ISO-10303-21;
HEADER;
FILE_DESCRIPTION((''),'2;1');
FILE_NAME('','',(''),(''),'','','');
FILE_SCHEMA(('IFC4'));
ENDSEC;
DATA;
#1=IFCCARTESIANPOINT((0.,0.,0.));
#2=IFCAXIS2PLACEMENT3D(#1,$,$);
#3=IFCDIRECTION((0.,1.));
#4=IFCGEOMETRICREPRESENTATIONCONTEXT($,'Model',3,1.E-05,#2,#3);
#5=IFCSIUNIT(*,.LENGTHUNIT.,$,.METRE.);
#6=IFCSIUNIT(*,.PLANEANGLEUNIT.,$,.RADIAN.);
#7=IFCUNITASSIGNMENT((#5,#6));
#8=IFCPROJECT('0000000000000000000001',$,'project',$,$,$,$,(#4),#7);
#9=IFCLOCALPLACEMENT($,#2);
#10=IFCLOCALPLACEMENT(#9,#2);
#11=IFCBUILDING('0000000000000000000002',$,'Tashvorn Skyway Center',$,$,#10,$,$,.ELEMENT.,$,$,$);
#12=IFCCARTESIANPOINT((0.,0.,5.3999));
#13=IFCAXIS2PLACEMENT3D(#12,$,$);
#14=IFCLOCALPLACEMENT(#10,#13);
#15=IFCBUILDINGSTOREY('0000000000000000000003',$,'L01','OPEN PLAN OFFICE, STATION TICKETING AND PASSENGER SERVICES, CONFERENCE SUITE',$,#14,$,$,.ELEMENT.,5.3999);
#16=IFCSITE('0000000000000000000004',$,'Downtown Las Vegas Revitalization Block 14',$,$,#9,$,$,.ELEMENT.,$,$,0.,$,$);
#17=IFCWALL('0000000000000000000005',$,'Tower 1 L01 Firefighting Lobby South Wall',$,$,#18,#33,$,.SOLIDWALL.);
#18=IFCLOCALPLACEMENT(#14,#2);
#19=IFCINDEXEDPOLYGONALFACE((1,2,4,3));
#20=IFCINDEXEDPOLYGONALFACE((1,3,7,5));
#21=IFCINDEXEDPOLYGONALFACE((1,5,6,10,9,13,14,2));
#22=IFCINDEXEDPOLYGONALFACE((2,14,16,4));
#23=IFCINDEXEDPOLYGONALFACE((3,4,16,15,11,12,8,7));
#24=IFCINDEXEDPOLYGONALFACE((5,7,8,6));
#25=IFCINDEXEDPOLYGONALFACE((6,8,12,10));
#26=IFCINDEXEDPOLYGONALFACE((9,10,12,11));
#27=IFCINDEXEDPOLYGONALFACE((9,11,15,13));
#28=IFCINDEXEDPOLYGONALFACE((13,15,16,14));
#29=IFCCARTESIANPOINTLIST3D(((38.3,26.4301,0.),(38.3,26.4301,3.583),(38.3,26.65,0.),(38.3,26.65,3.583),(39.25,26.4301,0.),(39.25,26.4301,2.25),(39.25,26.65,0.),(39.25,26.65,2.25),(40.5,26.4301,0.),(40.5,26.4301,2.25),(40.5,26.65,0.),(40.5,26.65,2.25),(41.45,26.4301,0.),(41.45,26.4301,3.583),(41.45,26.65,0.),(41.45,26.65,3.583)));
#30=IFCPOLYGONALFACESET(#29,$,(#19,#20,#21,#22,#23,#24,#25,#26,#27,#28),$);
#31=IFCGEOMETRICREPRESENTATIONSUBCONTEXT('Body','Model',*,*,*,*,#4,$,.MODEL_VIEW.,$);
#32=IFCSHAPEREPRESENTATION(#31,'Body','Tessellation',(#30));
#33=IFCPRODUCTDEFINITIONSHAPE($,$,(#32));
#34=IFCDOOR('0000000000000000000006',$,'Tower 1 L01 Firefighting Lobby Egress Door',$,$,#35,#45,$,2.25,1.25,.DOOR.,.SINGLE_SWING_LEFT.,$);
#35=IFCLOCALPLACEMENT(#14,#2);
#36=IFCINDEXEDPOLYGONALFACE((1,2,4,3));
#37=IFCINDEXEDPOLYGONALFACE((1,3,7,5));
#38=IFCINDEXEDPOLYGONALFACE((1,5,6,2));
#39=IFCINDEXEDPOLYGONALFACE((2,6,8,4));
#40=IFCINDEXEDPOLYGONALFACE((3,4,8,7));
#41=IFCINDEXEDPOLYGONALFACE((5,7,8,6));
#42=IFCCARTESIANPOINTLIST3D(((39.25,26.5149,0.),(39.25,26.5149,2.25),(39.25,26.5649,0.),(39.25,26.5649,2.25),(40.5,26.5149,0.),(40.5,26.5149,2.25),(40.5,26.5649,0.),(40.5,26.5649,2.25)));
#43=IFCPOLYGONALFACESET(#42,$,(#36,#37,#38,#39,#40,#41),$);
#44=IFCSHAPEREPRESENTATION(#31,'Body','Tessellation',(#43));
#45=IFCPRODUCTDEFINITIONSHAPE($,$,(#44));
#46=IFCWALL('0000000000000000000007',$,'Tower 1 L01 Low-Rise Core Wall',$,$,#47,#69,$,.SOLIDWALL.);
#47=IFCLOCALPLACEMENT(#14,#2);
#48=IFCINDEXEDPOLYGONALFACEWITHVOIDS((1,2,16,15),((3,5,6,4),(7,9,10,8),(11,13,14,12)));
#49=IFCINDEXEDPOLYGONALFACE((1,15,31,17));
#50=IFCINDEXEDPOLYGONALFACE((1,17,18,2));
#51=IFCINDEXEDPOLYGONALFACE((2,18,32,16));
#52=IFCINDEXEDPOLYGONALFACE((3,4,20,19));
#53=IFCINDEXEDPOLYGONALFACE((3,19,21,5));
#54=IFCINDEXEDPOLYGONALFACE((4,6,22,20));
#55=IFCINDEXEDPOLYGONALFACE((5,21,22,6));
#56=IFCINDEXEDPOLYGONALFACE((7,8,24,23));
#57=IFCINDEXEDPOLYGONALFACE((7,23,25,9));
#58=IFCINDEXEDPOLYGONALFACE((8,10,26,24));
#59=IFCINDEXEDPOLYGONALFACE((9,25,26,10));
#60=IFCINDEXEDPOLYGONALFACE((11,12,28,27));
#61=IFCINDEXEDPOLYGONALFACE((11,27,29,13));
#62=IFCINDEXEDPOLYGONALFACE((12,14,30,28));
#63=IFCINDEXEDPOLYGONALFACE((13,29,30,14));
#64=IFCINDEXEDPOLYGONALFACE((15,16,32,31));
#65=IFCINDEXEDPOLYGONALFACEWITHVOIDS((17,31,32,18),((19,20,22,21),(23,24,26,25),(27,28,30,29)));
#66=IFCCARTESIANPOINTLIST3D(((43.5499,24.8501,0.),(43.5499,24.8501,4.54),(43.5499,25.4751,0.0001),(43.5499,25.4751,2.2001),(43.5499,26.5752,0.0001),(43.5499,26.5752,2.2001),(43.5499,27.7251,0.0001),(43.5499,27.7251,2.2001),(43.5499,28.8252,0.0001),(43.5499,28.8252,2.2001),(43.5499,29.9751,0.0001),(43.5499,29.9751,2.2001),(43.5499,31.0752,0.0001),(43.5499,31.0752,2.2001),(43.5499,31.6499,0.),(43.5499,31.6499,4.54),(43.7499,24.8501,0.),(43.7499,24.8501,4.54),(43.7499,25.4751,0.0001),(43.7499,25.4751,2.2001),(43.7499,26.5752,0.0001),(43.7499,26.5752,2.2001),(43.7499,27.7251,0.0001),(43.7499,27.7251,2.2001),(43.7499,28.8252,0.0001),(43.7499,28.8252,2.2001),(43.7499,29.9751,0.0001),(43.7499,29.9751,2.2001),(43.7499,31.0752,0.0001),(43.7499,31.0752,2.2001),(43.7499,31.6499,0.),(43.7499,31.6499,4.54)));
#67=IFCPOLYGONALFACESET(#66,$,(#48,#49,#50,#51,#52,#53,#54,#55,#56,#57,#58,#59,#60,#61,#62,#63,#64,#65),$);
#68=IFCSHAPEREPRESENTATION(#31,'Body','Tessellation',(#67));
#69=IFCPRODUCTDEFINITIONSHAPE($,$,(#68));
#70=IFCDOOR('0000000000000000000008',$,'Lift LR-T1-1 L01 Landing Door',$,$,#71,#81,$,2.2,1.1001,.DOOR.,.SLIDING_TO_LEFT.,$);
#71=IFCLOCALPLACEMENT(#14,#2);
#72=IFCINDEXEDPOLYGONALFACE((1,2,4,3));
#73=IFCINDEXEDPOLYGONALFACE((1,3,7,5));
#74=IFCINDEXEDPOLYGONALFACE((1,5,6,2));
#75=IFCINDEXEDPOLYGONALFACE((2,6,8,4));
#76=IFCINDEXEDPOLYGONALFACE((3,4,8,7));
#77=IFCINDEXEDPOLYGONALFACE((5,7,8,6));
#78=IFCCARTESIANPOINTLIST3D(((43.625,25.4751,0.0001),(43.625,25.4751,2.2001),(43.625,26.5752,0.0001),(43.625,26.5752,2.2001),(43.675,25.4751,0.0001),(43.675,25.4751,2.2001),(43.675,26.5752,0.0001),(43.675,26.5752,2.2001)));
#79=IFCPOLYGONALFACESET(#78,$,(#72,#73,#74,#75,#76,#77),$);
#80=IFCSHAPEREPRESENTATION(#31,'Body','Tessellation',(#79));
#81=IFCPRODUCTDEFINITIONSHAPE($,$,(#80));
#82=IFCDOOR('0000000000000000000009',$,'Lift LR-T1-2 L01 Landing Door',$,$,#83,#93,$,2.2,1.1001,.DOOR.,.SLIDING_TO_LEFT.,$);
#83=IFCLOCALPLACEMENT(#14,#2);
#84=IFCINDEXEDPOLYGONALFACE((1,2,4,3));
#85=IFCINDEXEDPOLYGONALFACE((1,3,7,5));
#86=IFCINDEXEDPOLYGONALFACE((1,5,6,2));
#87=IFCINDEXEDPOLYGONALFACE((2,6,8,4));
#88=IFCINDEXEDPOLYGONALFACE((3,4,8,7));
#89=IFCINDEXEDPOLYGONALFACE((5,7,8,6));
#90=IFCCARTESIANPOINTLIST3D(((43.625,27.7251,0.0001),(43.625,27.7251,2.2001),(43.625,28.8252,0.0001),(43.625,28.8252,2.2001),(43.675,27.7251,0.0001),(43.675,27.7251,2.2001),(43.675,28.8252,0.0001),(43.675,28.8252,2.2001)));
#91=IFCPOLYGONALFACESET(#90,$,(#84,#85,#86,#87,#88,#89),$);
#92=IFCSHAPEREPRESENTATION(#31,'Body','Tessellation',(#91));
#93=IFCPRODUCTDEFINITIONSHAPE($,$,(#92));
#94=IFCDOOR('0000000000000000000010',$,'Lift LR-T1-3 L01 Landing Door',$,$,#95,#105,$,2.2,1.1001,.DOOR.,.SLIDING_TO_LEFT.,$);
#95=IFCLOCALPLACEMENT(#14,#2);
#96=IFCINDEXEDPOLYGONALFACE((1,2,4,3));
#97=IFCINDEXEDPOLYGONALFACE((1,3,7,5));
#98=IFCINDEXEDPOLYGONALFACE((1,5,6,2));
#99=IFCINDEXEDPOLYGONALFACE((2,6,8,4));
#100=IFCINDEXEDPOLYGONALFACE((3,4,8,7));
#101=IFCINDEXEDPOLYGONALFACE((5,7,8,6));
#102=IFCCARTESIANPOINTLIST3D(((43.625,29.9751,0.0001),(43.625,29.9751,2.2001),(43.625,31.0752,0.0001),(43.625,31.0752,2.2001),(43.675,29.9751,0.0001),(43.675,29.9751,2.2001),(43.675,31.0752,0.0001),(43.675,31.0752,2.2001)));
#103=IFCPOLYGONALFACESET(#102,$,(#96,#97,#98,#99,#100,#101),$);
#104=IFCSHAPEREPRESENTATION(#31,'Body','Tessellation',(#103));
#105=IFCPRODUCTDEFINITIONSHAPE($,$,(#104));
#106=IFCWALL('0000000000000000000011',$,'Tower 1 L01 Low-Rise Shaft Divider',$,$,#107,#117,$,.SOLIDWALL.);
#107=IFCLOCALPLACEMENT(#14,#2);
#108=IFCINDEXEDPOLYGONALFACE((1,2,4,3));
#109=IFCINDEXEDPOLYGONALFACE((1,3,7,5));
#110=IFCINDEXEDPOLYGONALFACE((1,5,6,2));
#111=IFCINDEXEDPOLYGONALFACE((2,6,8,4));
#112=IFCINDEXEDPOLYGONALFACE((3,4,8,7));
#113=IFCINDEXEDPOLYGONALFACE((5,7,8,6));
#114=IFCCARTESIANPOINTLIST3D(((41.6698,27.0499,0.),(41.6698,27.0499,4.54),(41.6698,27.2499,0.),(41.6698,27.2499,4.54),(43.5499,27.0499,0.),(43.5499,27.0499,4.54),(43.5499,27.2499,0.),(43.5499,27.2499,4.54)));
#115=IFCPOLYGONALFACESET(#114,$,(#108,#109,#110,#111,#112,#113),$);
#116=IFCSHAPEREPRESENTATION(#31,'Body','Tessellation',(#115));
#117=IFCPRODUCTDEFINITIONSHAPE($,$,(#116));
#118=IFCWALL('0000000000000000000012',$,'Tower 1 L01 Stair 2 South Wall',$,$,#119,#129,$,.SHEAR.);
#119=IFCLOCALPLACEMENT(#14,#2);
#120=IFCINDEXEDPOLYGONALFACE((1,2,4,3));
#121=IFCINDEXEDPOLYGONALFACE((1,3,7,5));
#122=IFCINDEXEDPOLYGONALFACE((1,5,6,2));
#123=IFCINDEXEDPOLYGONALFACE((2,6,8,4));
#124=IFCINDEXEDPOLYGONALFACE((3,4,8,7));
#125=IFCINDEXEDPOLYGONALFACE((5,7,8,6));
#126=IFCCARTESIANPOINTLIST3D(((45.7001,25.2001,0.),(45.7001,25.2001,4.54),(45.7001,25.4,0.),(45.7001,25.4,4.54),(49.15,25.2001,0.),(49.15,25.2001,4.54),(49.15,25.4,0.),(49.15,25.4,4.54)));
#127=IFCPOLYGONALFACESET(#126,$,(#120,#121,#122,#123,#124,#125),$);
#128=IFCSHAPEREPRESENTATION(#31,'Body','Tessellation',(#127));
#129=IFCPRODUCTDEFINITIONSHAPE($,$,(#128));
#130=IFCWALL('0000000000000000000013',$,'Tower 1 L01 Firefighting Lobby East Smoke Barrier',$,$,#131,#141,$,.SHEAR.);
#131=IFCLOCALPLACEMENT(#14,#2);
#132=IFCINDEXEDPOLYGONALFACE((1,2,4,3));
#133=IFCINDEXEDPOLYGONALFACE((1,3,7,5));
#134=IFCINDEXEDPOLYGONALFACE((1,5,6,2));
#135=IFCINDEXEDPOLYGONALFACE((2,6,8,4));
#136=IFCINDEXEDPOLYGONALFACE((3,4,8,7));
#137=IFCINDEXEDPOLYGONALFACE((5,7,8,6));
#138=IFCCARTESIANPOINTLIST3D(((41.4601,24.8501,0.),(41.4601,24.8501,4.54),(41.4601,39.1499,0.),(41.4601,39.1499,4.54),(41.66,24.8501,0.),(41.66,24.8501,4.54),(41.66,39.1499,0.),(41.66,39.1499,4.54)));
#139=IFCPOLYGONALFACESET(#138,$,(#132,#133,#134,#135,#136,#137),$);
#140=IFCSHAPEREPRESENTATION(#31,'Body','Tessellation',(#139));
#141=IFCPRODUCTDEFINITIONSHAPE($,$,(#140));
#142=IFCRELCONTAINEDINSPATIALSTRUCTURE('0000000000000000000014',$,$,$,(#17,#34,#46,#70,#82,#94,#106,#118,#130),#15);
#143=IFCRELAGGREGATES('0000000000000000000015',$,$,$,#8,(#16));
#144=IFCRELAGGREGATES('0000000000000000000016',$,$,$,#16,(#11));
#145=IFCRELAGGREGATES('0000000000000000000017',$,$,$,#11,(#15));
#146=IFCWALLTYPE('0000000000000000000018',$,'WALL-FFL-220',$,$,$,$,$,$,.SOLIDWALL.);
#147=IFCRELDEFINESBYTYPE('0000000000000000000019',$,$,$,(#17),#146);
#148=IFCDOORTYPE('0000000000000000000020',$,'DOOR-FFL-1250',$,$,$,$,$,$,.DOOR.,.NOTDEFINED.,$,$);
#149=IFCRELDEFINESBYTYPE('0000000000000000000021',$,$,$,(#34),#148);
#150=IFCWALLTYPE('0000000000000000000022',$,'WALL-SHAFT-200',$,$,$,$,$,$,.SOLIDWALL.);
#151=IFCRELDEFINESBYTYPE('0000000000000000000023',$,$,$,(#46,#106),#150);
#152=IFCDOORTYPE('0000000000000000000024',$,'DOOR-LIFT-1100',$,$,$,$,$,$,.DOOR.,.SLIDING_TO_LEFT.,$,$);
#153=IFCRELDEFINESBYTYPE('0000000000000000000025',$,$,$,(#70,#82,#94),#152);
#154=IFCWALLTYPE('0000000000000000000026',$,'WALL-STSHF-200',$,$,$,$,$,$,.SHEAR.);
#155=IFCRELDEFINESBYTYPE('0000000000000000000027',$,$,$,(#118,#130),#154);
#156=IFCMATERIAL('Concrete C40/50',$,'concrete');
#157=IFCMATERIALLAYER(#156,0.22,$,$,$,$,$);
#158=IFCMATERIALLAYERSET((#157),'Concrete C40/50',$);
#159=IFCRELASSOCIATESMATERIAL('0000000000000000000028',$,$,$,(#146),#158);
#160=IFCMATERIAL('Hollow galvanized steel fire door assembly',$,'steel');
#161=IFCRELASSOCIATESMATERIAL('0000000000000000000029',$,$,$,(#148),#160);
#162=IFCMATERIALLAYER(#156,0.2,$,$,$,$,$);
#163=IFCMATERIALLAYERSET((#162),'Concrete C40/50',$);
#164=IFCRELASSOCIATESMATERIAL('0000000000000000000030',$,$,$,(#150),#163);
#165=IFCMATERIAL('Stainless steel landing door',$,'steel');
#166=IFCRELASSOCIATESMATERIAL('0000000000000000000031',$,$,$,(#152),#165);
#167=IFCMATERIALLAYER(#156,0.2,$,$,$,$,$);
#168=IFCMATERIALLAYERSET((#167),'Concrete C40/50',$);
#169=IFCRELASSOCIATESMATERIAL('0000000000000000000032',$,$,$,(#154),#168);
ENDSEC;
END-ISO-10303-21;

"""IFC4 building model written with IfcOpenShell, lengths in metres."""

from ifc_helpers import new_model, si_unit, direction, frame, frame_2d, origin, place, context, subcontext, project, spatial, rectangle, extrude, material, layer, layer_set, type_object, element, fill, save


model = new_model("IFC4")

# Units and contexts
model_context = context("Model", 3, precision=1e-05, world=origin(), true_north=direction((0.0, 1.0)))
body_context = subcontext(model_context, "Body", "Model", "MODEL_VIEW")
ifc_project = project(units=[si_unit("LENGTHUNIT", "METRE"), si_unit("PLANEANGLEUNIT", "RADIAN")], contexts=[model_context])

# Site, building, storey
site_placement = place(None, origin())
site = spatial("IfcSite", under=ifc_project, at=site_placement, Name="Downtown Las Vegas Revitalization Block 14", CompositionType="ELEMENT", RefElevation=0.0)
building_placement = place(site_placement, origin())
building = spatial("IfcBuilding", under=site, at=building_placement, Name="Tashvorn Skyway Center", CompositionType="ELEMENT")
storey_placement = place(building_placement, frame((0.0, 0.0, 5.3999)))
storey = spatial("IfcBuildingStorey", under=building, at=storey_placement, Name="L01", Description="OPEN PLAN OFFICE, STATION TICKETING AND PASSENGER SERVICES, CONFERENCE SUITE", CompositionType="ELEMENT", Elevation=5.3999)

# Wall, opening, door
ifc_material_1 = material(Name="Concrete C40/50", Category="concrete")
ifc_layer_1 = layer(ifc_material_1, 0.22)
ifc_layer_set_1 = layer_set([ifc_layer_1], Name="Concrete C40/50")
wall_type_1 = type_object("IfcWallType", Name="WALL-FFL-220", PredefinedType="SOLIDWALL", material=ifc_layer_set_1)
wall_1_placement = place(storey_placement, frame((38.3, 26.54, 0.0), z_axis=(0.0, 0.0, 1.0), x_axis=(1.0, 0.0, 0.0)))
wall_1 = element("IfcWall", 1, at=wall_1_placement, inside=storey, type_object=wall_type_1, Name="Tower 1 L01 Firefighting Lobby South Wall", PredefinedType="SOLIDWALL", context=body_context, shape_type="SweptSolid", body=[
    extrude(rectangle(XDim=3.1499, YDim=0.22, at=frame_2d((1.575, 0.0))), origin(), (0.0, 0.0, 1.0), 3.583),
])
opening_1_placement = place(wall_1_placement, frame((0.95, 0.0, 0.0)))
opening_1 = element("IfcOpeningElement", 2, at=opening_1_placement, cuts=wall_1, PredefinedType="OPENING", context=body_context, shape_type="SweptSolid", body=[
    extrude(rectangle(XDim=1.25, YDim=2.25, at=frame_2d((0.625, 1.125))), frame((0.0, 0.1199, 0.0), z_axis=(0.0, -1.0, 0.0), x_axis=(1.0, 0.0, 0.0)), (0.0, 0.0, 1.0), 0.24),
])
ifc_material_2 = material(Name="Hollow galvanized steel fire door assembly", Category="steel")
door_type_1 = type_object("IfcDoorType", Name="DOOR-FFL-1250", OperationType="NOTDEFINED", PredefinedType="DOOR", material=ifc_material_2)
door_1_placement = place(opening_1_placement, origin())
door_1 = element("IfcDoor", 3, at=door_1_placement, inside=storey, type_object=door_type_1, Name="Tower 1 L01 Firefighting Lobby Egress Door", OperationType="SINGLE_SWING_LEFT", OverallHeight=2.25, OverallWidth=1.25, PredefinedType="DOOR", context=body_context, shape_type="SweptSolid", body=[
    extrude(rectangle(XDim=1.25, YDim=2.25, at=frame_2d((0.625, 1.125))), frame((0.0, 0.0249, 0.0), z_axis=(0.0, -1.0, 0.0), x_axis=(1.0, 0.0, 0.0)), (0.0, 0.0, 1.0), 0.05),
])
fill(opening_1, door_1)

# Wall, openings, doors
ifc_layer_2 = layer(ifc_material_1, 0.2)
ifc_layer_set_2 = layer_set([ifc_layer_2], Name="Concrete C40/50")
wall_type_2 = type_object("IfcWallType", Name="WALL-SHAFT-200", PredefinedType="SOLIDWALL", material=ifc_layer_set_2)
wall_2_placement = place(storey_placement, frame((43.6499, 24.8501, 0.0), z_axis=(0.0, 0.0, 1.0), x_axis=(0.0, 1.0, 0.0)))
wall_2 = element("IfcWall", 4, at=wall_2_placement, inside=storey, type_object=wall_type_2, Name="Tower 1 L01 Low-Rise Core Wall", PredefinedType="SOLIDWALL", context=body_context, shape_type="SweptSolid", body=[
    extrude(rectangle(XDim=6.7998, YDim=0.2, at=frame_2d((3.3999, 0.0))), origin(), (0.0, 0.0, 1.0), 4.54),
])
opening_2_placement = place(wall_2_placement, frame((0.625, 0.0, 0.0)))
opening_2 = element("IfcOpeningElement", 5, at=opening_2_placement, cuts=wall_2, PredefinedType="OPENING", context=body_context, shape_type="SweptSolid", body=[
    extrude(rectangle(XDim=1.1001, YDim=2.2, at=frame_2d((0.55, 1.1001))), frame((0.0, 0.1099, 0.0), z_axis=(0.0, -1.0, 0.0), x_axis=(1.0, 0.0, 0.0)), (0.0, 0.0, 1.0), 0.22),
])
opening_3_placement = place(wall_2_placement, frame((2.875, 0.0, 0.0)))
opening_3 = element("IfcOpeningElement", 6, at=opening_3_placement, cuts=wall_2, PredefinedType="OPENING", context=body_context, shape_type="SweptSolid", body=[
    extrude(rectangle(XDim=1.1001, YDim=2.2, at=frame_2d((0.55, 1.1001))), frame((0.0, 0.1099, 0.0), z_axis=(0.0, -1.0, 0.0), x_axis=(1.0, 0.0, 0.0)), (0.0, 0.0, 1.0), 0.22),
])
opening_4_placement = place(wall_2_placement, frame((5.125, 0.0, 0.0)))
opening_4 = element("IfcOpeningElement", 7, at=opening_4_placement, cuts=wall_2, PredefinedType="OPENING", context=body_context, shape_type="SweptSolid", body=[
    extrude(rectangle(XDim=1.1001, YDim=2.2, at=frame_2d((0.55, 1.1001))), frame((0.0, 0.1099, 0.0), z_axis=(0.0, -1.0, 0.0), x_axis=(1.0, 0.0, 0.0)), (0.0, 0.0, 1.0), 0.22),
])
ifc_material_3 = material(Name="Stainless steel landing door", Category="steel")
door_type_2 = type_object("IfcDoorType", Name="DOOR-LIFT-1100", OperationType="SLIDING_TO_LEFT", PredefinedType="DOOR", material=ifc_material_3)
door_2_placement = place(opening_2_placement, origin())
door_2 = element("IfcDoor", 8, at=door_2_placement, inside=storey, type_object=door_type_2, Name="Lift LR-T1-1 L01 Landing Door", OperationType="SLIDING_TO_LEFT", OverallHeight=2.2, OverallWidth=1.1001, PredefinedType="DOOR", context=body_context, shape_type="SweptSolid", body=[
    extrude(rectangle(XDim=1.1001, YDim=2.2, at=frame_2d((0.55, 1.1001))), frame((0.0, 0.0249, 0.0), z_axis=(0.0, -1.0, 0.0), x_axis=(1.0, 0.0, 0.0)), (0.0, 0.0, 1.0), 0.05),
])
fill(opening_2, door_2)
door_3_placement = place(opening_3_placement, origin())
door_3 = element("IfcDoor", 9, at=door_3_placement, inside=storey, type_object=door_type_2, Name="Lift LR-T1-2 L01 Landing Door", OperationType="SLIDING_TO_LEFT", OverallHeight=2.2, OverallWidth=1.1001, PredefinedType="DOOR", context=body_context, shape_type="SweptSolid", body=[
    extrude(rectangle(XDim=1.1001, YDim=2.2, at=frame_2d((0.55, 1.1001))), frame((0.0, 0.0249, 0.0), z_axis=(0.0, -1.0, 0.0), x_axis=(1.0, 0.0, 0.0)), (0.0, 0.0, 1.0), 0.05),
])
fill(opening_3, door_3)
door_4_placement = place(opening_4_placement, origin())
door_4 = element("IfcDoor", 10, at=door_4_placement, inside=storey, type_object=door_type_2, Name="Lift LR-T1-3 L01 Landing Door", OperationType="SLIDING_TO_LEFT", OverallHeight=2.2, OverallWidth=1.1001, PredefinedType="DOOR", context=body_context, shape_type="SweptSolid", body=[
    extrude(rectangle(XDim=1.1001, YDim=2.2, at=frame_2d((0.55, 1.1001))), frame((0.0, 0.0249, 0.0), z_axis=(0.0, -1.0, 0.0), x_axis=(1.0, 0.0, 0.0)), (0.0, 0.0, 1.0), 0.05),
])
fill(opening_4, door_4)

# Walls
wall_3_placement = place(storey_placement, frame((41.6699, 27.1499, 0.0), z_axis=(0.0, 0.0, 1.0), x_axis=(1.0, 0.0, 0.0)))
element("IfcWall", 11, at=wall_3_placement, inside=storey, type_object=wall_type_2, Name="Tower 1 L01 Low-Rise Shaft Divider", PredefinedType="SOLIDWALL", context=body_context, shape_type="SweptSolid", body=[
    extrude(rectangle(XDim=1.8801, YDim=0.2, at=frame_2d((0.9399, 0.0))), origin(), (0.0, 0.0, 1.0), 4.54),
])
ifc_layer_3 = layer(ifc_material_1, 0.2)
ifc_layer_set_3 = layer_set([ifc_layer_3], Name="Concrete C40/50")
wall_type_3 = type_object("IfcWallType", Name="WALL-STSHF-200", PredefinedType="SHEAR", material=ifc_layer_set_3)
wall_4_placement = place(storey_placement, frame((45.7, 25.3, 0.0), z_axis=(0.0, 0.0, 1.0), x_axis=(1.0, 0.0, 0.0)))
element("IfcWall", 12, at=wall_4_placement, inside=storey, type_object=wall_type_3, Name="Tower 1 L01 Stair 2 South Wall", PredefinedType="SHEAR", context=body_context, shape_type="SweptSolid", body=[
    extrude(rectangle(XDim=3.45, YDim=0.2, at=frame_2d((1.7251, 0.0))), origin(), (0.0, 0.0, 1.0), 4.54),
])
wall_5_placement = place(storey_placement, frame((41.5601, 24.8501, 0.0), z_axis=(0.0, 0.0, 1.0), x_axis=(0.0, 1.0, 0.0)))
element("IfcWall", 13, at=wall_5_placement, inside=storey, type_object=wall_type_3, Name="Tower 1 L01 Firefighting Lobby East Smoke Barrier", PredefinedType="SHEAR", context=body_context, shape_type="SweptSolid", body=[
    extrude(rectangle(XDim=14.2998, YDim=0.2, at=frame_2d((7.1499, 0.0))), origin(), (0.0, 0.0, 1.0), 4.54),
])

save(model, "model.ifc")
